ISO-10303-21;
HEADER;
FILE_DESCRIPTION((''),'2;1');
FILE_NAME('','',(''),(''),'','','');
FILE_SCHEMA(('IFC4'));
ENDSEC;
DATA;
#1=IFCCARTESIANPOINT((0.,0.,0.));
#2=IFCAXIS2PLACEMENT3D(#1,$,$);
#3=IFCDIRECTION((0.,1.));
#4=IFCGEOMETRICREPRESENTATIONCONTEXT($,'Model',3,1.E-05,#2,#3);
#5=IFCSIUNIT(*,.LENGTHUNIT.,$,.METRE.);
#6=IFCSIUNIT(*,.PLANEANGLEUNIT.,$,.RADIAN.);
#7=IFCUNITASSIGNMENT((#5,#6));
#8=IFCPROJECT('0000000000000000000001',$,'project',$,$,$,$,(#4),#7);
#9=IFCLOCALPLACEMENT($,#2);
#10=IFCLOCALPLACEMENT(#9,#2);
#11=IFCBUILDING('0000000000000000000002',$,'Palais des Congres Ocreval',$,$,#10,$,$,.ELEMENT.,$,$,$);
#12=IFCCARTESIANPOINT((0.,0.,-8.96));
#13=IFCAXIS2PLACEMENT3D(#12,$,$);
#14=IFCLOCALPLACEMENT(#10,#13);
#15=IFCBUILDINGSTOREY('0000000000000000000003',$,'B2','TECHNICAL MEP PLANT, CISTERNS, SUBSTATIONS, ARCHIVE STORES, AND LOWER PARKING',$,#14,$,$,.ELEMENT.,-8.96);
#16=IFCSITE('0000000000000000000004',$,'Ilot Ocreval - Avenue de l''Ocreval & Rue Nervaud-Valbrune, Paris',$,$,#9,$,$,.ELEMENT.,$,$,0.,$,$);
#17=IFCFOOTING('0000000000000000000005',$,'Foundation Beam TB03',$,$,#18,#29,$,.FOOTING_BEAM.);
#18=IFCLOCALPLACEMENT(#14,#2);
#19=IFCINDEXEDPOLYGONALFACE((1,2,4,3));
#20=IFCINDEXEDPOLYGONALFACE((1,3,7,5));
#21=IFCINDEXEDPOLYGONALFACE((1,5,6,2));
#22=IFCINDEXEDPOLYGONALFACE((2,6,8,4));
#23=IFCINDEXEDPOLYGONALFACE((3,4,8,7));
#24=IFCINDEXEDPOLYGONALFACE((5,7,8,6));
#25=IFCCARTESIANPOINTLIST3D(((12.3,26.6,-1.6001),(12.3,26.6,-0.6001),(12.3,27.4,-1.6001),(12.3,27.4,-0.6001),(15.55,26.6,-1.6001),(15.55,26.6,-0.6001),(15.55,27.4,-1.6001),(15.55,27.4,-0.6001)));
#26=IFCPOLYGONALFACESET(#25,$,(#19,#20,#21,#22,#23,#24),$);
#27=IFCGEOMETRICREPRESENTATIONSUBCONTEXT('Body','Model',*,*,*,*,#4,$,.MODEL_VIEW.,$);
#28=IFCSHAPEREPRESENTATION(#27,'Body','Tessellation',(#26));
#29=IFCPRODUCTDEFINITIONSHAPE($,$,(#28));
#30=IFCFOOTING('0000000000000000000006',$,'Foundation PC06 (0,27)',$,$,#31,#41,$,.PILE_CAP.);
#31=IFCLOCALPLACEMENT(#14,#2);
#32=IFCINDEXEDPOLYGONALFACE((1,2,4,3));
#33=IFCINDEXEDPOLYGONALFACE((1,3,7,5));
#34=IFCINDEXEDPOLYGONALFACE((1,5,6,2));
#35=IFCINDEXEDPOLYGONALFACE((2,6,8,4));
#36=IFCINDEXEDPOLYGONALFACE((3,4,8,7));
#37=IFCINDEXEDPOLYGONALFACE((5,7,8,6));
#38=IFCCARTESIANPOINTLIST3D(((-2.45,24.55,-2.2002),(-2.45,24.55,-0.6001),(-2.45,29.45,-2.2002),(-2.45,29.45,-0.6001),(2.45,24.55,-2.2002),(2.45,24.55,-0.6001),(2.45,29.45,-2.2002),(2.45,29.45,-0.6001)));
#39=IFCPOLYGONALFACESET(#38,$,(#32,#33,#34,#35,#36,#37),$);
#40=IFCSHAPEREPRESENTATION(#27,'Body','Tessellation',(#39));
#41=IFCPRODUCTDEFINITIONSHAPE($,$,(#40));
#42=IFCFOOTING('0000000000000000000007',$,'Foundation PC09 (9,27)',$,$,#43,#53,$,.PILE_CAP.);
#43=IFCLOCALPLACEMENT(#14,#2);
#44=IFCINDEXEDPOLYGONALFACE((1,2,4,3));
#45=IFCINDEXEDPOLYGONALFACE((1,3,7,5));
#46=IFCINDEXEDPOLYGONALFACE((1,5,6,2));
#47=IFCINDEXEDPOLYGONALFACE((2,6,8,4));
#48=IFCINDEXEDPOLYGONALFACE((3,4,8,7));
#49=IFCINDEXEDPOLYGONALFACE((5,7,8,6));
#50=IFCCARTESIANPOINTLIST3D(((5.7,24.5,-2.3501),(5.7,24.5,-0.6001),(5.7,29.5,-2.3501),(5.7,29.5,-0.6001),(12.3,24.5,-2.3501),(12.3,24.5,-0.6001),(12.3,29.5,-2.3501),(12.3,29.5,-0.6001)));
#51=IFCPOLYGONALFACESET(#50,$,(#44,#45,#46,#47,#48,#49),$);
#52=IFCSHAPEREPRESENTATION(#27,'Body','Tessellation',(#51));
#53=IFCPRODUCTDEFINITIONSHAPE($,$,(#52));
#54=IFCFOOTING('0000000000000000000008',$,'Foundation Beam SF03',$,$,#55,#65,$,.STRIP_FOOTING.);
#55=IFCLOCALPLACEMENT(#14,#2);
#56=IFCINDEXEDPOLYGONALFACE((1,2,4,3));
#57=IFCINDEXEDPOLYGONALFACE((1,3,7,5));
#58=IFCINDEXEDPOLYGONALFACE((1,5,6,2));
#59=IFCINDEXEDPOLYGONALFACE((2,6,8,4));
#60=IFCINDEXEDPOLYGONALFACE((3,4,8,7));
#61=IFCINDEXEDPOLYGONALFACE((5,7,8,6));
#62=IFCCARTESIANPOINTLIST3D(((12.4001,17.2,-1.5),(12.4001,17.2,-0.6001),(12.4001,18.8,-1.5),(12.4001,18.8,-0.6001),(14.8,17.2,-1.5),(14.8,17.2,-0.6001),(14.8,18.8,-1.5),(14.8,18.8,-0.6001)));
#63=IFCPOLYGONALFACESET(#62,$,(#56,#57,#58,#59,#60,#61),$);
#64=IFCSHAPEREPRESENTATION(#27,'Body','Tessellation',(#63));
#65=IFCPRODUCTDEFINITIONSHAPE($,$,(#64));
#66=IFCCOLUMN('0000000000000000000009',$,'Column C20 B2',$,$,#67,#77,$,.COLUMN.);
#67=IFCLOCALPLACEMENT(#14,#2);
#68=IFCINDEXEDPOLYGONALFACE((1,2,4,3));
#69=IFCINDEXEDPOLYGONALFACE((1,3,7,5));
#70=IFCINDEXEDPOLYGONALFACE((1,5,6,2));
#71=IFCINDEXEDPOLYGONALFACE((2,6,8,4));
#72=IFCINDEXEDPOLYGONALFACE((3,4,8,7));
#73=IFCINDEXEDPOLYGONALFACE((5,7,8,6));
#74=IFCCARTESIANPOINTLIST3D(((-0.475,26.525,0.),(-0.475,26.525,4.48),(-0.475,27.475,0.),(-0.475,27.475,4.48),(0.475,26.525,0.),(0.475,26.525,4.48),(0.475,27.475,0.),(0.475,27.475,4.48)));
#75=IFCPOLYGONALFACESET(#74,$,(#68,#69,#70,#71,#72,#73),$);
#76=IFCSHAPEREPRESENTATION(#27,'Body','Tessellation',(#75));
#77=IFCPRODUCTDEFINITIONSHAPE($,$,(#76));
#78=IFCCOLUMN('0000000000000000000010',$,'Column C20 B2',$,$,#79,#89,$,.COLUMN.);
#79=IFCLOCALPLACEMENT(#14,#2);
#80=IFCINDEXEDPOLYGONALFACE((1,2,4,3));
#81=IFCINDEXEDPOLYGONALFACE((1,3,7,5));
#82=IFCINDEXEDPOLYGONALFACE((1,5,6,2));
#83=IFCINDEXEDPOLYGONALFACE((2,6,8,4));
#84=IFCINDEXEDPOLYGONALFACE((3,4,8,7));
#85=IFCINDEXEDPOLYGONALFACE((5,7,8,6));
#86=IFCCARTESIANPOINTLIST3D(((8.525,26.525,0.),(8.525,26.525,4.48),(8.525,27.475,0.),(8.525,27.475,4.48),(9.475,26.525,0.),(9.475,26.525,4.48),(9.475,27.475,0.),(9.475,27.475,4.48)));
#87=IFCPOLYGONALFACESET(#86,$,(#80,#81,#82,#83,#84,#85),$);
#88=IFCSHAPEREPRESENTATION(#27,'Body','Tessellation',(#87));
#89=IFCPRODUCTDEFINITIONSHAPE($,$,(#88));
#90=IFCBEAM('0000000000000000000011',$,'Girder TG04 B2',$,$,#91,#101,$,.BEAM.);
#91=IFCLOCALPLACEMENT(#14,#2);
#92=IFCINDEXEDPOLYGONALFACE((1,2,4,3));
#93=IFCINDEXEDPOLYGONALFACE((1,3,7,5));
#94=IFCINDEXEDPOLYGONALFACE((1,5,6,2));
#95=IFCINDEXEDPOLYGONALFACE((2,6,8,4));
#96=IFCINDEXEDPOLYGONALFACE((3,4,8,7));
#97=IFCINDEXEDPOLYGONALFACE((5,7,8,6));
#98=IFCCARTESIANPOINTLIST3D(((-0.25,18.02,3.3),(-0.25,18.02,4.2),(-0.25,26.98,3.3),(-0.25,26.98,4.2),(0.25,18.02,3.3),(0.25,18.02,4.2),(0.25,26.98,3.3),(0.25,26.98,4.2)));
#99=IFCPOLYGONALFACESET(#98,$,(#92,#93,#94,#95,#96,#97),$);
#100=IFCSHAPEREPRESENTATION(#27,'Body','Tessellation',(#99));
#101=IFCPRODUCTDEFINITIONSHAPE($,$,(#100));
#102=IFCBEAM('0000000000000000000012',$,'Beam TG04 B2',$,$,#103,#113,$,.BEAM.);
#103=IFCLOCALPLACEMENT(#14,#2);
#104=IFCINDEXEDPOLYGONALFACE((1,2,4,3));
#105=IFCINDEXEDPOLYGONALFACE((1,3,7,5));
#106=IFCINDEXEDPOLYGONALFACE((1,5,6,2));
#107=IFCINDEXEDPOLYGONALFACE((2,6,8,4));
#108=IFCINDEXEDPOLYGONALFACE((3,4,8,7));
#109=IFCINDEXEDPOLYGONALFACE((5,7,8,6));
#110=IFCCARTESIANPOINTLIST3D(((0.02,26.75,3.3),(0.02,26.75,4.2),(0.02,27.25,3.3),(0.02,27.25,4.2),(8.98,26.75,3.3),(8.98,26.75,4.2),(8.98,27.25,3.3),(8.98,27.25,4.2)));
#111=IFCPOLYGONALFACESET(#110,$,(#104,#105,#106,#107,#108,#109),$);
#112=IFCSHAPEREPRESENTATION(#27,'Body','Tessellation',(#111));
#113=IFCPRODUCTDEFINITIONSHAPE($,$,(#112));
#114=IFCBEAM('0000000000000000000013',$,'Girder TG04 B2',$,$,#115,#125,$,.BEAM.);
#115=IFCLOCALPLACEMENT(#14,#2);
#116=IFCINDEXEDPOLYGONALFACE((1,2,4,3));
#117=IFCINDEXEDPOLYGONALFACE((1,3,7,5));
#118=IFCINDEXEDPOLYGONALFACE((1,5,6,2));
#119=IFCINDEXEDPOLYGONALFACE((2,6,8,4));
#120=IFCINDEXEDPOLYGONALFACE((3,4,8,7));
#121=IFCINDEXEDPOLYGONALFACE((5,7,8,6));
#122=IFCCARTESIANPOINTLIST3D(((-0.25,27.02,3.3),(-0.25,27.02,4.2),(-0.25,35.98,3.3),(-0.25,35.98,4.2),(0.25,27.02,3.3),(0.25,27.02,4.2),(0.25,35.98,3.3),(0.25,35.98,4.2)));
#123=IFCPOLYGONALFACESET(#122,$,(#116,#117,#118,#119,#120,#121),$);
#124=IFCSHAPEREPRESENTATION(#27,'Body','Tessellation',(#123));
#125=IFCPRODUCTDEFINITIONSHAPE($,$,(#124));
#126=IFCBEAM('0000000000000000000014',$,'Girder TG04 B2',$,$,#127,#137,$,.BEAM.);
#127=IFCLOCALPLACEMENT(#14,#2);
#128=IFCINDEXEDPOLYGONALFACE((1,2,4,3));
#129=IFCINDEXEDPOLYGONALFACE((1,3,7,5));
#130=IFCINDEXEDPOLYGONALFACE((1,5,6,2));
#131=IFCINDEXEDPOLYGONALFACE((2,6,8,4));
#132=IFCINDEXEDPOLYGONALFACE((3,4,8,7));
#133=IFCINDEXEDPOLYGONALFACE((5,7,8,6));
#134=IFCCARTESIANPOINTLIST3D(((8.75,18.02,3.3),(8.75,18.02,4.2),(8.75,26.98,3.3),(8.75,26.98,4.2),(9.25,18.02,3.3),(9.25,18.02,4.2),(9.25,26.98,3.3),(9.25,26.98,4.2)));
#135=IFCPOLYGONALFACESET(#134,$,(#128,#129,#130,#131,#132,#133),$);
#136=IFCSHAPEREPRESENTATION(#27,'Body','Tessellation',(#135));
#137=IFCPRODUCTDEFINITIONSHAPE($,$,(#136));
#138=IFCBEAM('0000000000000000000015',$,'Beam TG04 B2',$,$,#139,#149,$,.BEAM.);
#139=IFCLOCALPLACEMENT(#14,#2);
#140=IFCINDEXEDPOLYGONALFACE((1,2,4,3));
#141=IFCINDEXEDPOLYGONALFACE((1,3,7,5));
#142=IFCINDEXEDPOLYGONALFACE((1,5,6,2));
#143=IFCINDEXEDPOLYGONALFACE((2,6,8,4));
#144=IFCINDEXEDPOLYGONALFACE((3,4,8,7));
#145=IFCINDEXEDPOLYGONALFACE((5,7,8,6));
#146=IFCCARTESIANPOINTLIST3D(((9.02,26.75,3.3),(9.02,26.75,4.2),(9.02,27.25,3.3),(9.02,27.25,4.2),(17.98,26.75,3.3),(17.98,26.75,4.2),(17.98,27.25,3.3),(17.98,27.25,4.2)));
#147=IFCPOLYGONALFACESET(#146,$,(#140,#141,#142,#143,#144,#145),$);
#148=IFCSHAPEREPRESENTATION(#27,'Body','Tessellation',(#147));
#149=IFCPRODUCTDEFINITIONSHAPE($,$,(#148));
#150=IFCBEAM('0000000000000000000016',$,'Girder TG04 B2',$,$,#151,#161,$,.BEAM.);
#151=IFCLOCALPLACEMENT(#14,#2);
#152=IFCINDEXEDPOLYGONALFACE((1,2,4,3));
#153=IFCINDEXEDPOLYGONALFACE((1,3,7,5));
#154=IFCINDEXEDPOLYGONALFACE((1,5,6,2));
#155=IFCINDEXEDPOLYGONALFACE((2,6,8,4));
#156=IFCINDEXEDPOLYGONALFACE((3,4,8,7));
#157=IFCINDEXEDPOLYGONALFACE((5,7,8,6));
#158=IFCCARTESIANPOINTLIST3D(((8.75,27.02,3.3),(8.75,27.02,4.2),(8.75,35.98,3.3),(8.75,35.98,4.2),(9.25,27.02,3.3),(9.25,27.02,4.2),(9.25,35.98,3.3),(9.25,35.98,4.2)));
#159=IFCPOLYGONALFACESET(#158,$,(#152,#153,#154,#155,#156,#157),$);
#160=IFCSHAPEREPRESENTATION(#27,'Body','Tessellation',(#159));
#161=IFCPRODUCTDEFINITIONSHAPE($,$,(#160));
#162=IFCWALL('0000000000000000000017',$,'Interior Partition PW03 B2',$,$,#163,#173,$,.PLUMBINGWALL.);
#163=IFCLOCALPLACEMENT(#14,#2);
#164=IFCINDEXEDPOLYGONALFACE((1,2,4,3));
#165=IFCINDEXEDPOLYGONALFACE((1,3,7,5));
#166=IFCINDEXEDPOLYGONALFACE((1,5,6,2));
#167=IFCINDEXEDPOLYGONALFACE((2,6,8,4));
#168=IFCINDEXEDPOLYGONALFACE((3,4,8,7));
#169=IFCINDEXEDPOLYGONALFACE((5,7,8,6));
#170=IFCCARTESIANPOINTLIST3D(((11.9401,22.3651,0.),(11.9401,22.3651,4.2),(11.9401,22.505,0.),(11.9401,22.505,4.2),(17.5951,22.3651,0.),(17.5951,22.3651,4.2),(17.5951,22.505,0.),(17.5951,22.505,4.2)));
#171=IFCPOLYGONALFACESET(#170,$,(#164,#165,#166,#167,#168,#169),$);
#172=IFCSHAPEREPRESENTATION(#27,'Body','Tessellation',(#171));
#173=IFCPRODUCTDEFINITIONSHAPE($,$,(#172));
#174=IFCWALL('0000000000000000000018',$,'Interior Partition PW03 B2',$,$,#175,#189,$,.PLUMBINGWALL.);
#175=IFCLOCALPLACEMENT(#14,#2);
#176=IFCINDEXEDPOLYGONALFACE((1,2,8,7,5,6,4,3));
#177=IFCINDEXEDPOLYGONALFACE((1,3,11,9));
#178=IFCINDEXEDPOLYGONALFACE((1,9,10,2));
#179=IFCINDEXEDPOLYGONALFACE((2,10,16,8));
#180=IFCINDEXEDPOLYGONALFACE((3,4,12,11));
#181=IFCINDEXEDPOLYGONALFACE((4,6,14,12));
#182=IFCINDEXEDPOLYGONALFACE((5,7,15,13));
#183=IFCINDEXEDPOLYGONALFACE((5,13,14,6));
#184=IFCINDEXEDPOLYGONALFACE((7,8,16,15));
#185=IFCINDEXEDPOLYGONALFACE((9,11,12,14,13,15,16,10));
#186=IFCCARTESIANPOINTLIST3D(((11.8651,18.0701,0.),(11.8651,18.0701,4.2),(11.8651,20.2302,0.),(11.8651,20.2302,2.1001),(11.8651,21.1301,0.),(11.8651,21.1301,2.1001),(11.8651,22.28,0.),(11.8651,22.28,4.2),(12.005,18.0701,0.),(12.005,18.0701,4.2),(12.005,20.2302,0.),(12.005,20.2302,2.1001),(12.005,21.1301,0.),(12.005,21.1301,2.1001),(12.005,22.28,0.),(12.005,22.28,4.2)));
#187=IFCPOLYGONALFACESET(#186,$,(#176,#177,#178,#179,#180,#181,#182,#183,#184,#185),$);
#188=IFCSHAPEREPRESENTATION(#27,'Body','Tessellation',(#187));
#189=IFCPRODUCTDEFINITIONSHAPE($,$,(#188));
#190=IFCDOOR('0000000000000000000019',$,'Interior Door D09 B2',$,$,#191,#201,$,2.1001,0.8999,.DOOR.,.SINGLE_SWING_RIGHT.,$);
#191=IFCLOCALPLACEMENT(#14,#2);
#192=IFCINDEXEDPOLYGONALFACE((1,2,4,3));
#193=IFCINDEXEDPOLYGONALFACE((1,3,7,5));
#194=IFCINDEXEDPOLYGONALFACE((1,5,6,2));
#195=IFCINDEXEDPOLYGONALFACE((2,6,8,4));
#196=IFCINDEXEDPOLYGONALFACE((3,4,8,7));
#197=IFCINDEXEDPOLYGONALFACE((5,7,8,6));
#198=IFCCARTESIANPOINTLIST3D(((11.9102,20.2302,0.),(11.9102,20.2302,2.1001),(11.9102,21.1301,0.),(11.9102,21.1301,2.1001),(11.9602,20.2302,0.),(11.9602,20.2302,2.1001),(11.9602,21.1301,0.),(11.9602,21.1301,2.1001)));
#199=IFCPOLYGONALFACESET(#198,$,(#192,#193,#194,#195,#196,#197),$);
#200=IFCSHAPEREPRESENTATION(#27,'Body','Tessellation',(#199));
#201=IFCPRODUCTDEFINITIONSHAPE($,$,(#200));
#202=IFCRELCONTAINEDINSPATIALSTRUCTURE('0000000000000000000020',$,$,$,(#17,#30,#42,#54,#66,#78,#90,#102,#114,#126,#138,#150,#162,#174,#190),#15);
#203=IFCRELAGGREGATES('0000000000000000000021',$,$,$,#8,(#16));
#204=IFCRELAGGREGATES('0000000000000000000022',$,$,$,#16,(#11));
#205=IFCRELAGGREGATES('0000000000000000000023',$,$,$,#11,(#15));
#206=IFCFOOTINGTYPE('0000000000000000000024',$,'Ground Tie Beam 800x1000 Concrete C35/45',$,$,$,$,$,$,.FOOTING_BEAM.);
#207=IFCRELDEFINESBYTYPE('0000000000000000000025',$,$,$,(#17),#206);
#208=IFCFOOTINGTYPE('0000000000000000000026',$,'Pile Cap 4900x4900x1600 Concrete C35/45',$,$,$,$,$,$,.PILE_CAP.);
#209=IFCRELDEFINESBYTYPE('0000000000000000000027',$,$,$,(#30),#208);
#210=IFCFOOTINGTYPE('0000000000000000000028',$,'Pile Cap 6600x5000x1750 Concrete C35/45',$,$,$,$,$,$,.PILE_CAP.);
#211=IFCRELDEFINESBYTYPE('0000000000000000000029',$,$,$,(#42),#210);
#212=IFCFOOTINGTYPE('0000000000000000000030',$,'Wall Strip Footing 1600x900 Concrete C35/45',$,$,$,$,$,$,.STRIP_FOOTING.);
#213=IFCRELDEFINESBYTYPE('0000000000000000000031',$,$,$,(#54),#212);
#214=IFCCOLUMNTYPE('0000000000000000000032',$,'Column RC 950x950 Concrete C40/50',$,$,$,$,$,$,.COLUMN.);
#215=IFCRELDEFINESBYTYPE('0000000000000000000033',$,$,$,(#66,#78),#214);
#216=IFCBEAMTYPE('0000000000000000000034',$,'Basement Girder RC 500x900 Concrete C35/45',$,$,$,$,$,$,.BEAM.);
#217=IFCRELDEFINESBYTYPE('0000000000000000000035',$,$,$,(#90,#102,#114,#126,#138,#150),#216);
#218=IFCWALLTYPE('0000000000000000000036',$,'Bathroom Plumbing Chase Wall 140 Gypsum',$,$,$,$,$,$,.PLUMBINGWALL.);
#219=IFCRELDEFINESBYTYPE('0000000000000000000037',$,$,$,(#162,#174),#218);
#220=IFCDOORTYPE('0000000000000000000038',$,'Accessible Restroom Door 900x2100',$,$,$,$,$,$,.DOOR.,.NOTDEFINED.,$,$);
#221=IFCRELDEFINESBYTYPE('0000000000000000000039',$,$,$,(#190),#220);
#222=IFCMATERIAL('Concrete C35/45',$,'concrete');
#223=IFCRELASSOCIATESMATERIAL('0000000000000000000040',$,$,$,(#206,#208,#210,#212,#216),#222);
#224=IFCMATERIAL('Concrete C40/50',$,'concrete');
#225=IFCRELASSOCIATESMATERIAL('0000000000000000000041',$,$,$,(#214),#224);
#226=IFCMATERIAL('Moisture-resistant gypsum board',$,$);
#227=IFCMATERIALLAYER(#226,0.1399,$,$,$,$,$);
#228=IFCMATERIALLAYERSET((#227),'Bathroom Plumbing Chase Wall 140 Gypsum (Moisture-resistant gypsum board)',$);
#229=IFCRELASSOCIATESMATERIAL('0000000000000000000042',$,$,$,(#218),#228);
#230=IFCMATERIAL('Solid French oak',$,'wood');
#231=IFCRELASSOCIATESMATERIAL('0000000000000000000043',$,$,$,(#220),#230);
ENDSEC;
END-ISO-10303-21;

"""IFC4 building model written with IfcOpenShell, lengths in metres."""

from ifc_helpers import new_model, si_unit, direction, frame, frame_2d, origin, origin_2d, place, context, subcontext, project, spatial, rectangle, extrude, material, layer, layer_set, material_profile, profile_set, type_object, element, fill, save


model = new_model("IFC4")

# Units and contexts
model_context = context("Model", 3, precision=1e-05, world=origin(), true_north=direction((0.0, 1.0)))
body_context = subcontext(model_context, "Body", "Model", "MODEL_VIEW")
ifc_project = project(units=[si_unit("LENGTHUNIT", "METRE"), si_unit("PLANEANGLEUNIT", "RADIAN")], contexts=[model_context])

# Site, building, storey
site_placement = place(None, origin())
site = spatial("IfcSite", under=ifc_project, at=site_placement, Name="Ilot Ocreval - Avenue de l'Ocreval & Rue Nervaud-Valbrune, Paris", CompositionType="ELEMENT", RefElevation=0.0)
building_placement = place(site_placement, origin())
building = spatial("IfcBuilding", under=site, at=building_placement, Name="Palais des Congres Ocreval", CompositionType="ELEMENT")
storey_placement = place(building_placement, frame((0.0, 0.0, -8.96)))
storey = spatial("IfcBuildingStorey", under=building, at=storey_placement, Name="B2", Description="TECHNICAL MEP PLANT, CISTERNS, SUBSTATIONS, ARCHIVE STORES, AND LOWER PARKING", CompositionType="ELEMENT", Elevation=-8.96)

# Shared definitions
ifc_material_1 = material(Name="Concrete C35/45", Category="concrete")

# Footings
footing_type_1 = type_object("IfcFootingType", Name="Ground Tie Beam 800x1000 Concrete C35/45", PredefinedType="FOOTING_BEAM", material=ifc_material_1)
footing_1_placement = place(storey_placement, frame((13.925, 27.0, -1.6001), z_axis=(0.0, 0.0, 1.0), x_axis=(1.0, 0.0, 0.0)))
element("IfcFooting", 1, at=footing_1_placement, inside=storey, type_object=footing_type_1, Name="Foundation Beam TB03", PredefinedType="FOOTING_BEAM", context=body_context, shape_type="SweptSolid", body=[
    extrude(rectangle(XDim=3.25, YDim=0.8, at=origin_2d()), origin(), (0.0, 0.0, 1.0), 1.0),
])
footing_type_2 = type_object("IfcFootingType", Name="Pile Cap 4900x4900x1600 Concrete C35/45", PredefinedType="PILE_CAP", material=ifc_material_1)
footing_2_placement = place(storey_placement, frame((0.0, 27.0, -2.2002), z_axis=(0.0, 0.0, 1.0), x_axis=(1.0, 0.0, 0.0)))
element("IfcFooting", 2, at=footing_2_placement, inside=storey, type_object=footing_type_2, Name="Foundation PC06 (0,27)", PredefinedType="PILE_CAP", context=body_context, shape_type="SweptSolid", body=[
    extrude(rectangle(XDim=4.8999, YDim=4.8999, at=origin_2d()), origin(), (0.0, 0.0, 1.0), 1.6001),
])
footing_type_3 = type_object("IfcFootingType", Name="Pile Cap 6600x5000x1750 Concrete C35/45", PredefinedType="PILE_CAP", material=ifc_material_1)
footing_3_placement = place(storey_placement, frame((9.0, 27.0, -2.3501), z_axis=(0.0, 0.0, 1.0), x_axis=(1.0, 0.0, 0.0)))
element("IfcFooting", 3, at=footing_3_placement, inside=storey, type_object=footing_type_3, Name="Foundation PC09 (9,27)", PredefinedType="PILE_CAP", context=body_context, shape_type="SweptSolid", body=[
    extrude(rectangle(XDim=6.6001, YDim=5.0, at=origin_2d()), origin(), (0.0, 0.0, 1.0), 1.75),
])
footing_type_4 = type_object("IfcFootingType", Name="Wall Strip Footing 1600x900 Concrete C35/45", PredefinedType="STRIP_FOOTING", material=ifc_material_1)
footing_4_placement = place(storey_placement, frame((13.6001, 18.0, -1.5), z_axis=(0.0, 0.0, 1.0), x_axis=(1.0, 0.0, 0.0)))
element("IfcFooting", 4, at=footing_4_placement, inside=storey, type_object=footing_type_4, Name="Foundation Beam SF03", PredefinedType="STRIP_FOOTING", context=body_context, shape_type="SweptSolid", body=[
    extrude(rectangle(XDim=2.3999, YDim=1.6001, at=origin_2d()), origin(), (0.0, 0.0, 1.0), 0.8999),
])

# Columns
ifc_material_2 = material(Name="Concrete C40/50", Category="concrete")
ifc_material_profile_1 = material_profile(ifc_material_2, rectangle(XDim=0.95, YDim=0.95, at=origin_2d()), Name="RC 950x950")
ifc_profile_set_1 = profile_set([ifc_material_profile_1], Name="Concrete C40/50")
column_type = type_object("IfcColumnType", Name="Column RC 950x950 Concrete C40/50", PredefinedType="COLUMN", material=ifc_profile_set_1)
for number, where, z_axis, x_axis, name in (
    (5, (0.0, 27.0, 0.0), (0.0, 0.0, 1.0), (1.0, 0.0, 0.0), "Column C20 B2"),
    (6, (9.0, 27.0, 0.0), (0.0, 0.0, 1.0), (1.0, 0.0, 0.0), "Column C20 B2"),
):
    element("IfcColumn", number, at=place(storey_placement, frame(where, z_axis=z_axis, x_axis=x_axis)), inside=storey, type_object=column_type, Name=name, PredefinedType="COLUMN", context=body_context, shape_type="SweptSolid", body=[
        extrude(rectangle(XDim=0.95, YDim=0.95, at=origin_2d()), origin(), (0.0, 0.0, 1.0), 4.48),
    ])

# Beams
ifc_material_profile_2 = material_profile(ifc_material_1, rectangle(XDim=0.5, YDim=0.8999, at=origin_2d()), Name="RC 500x900")
ifc_profile_set_2 = profile_set([ifc_material_profile_2], Name="Concrete C35/45")
beam_type = type_object("IfcBeamType", Name="Basement Girder RC 500x900 Concrete C35/45", PredefinedType="BEAM", material=ifc_profile_set_2)
for number, where, z_axis, x_axis, name in (
    (7, (0.0, 18.02, 3.75), (0.0, 1.0, 0.0), (-1.0, 0.0, 0.0), "Girder TG04 B2"),
    (8, (0.02, 27.0, 3.75), (1.0, 0.0, 0.0), (0.0, 1.0, 0.0), "Beam TG04 B2"),
    (9, (0.0, 27.02, 3.75), (0.0, 1.0, 0.0), (-1.0, 0.0, 0.0), "Girder TG04 B2"),
    (10, (9.0, 18.02, 3.75), (0.0, 1.0, 0.0), (-1.0, 0.0, 0.0), "Girder TG04 B2"),
    (11, (9.02, 27.0, 3.75), (1.0, 0.0, 0.0), (0.0, 1.0, 0.0), "Beam TG04 B2"),
    (12, (9.0, 27.02, 3.75), (0.0, 1.0, 0.0), (-1.0, 0.0, 0.0), "Girder TG04 B2"),
):
    element("IfcBeam", number, at=place(storey_placement, frame(where, z_axis=z_axis, x_axis=x_axis)), inside=storey, type_object=beam_type, Name=name, PredefinedType="BEAM", context=body_context, shape_type="SweptSolid", body=[
        extrude(rectangle(XDim=0.5, YDim=0.8999, at=origin_2d()), origin(), (0.0, 0.0, 1.0), 8.96),
    ])

# Wall
ifc_material_3 = material(Name="Moisture-resistant gypsum board")
ifc_layer_1 = layer(ifc_material_3, 0.1399)
ifc_layer_set_1 = layer_set([ifc_layer_1], Name="Bathroom Plumbing Chase Wall 140 Gypsum (Moisture-resistant gypsum board)")
wall_type_1 = type_object("IfcWallType", Name="Bathroom Plumbing Chase Wall 140 Gypsum", PredefinedType="PLUMBINGWALL", material=ifc_layer_set_1)
wall_1_placement = place(storey_placement, frame((11.9399, 22.4351, 0.0), z_axis=(0.0, 0.0, 1.0), x_axis=(1.0, 0.0, 0.0)))
element("IfcWall", 13, at=wall_1_placement, inside=storey, type_object=wall_type_1, Name="Interior Partition PW03 B2", PredefinedType="PLUMBINGWALL", context=body_context, shape_type="SweptSolid", body=[
    extrude(rectangle(XDim=5.655, YDim=0.1399, at=frame_2d((2.8276, 0.0))), origin(), (0.0, 0.0, 1.0), 4.2),
])

# Wall, opening, door
wall_2_placement = place(storey_placement, frame((11.9351, 18.0701, 0.0), z_axis=(0.0, 0.0, 1.0), x_axis=(0.0, 1.0, 0.0)))
wall_2 = element("IfcWall", 14, at=wall_2_placement, inside=storey, type_object=wall_type_1, Name="Interior Partition PW03 B2", PredefinedType="PLUMBINGWALL", context=body_context, shape_type="SweptSolid", body=[
    extrude(rectangle(XDim=4.21, YDim=0.1399, at=frame_2d((2.105, 0.0))), origin(), (0.0, 0.0, 1.0), 4.2),
])
opening_1_placement = place(wall_2_placement, frame((2.1602, 0.0, 0.0)))
opening_1 = element("IfcOpeningElement", 15, at=opening_1_placement, cuts=wall_2, PredefinedType="OPENING", context=body_context, shape_type="SweptSolid", body=[
    extrude(rectangle(XDim=0.8999, YDim=2.1001, at=frame_2d((0.45, 1.05))), frame((0.0, 0.0798, 0.0), z_axis=(0.0, -1.0, 0.0), x_axis=(1.0, 0.0, 0.0)), (0.0, 0.0, 1.0), 0.1599),
])
ifc_material_4 = material(Name="Solid French oak", Category="wood")
door_type_1 = type_object("IfcDoorType", Name="Accessible Restroom Door 900x2100", OperationType="NOTDEFINED", PredefinedType="DOOR", material=ifc_material_4)
door_1_placement = place(opening_1_placement, origin())
door_1 = element("IfcDoor", 16, at=door_1_placement, inside=storey, type_object=door_type_1, Name="Interior Door D09 B2", OperationType="SINGLE_SWING_RIGHT", OverallHeight=2.1001, OverallWidth=0.8999, PredefinedType="DOOR", context=body_context, shape_type="SweptSolid", body=[
    extrude(rectangle(XDim=0.8999, YDim=2.1001, at=frame_2d((0.45, 1.05))), frame((0.0, 0.0249, 0.0), z_axis=(0.0, -1.0, 0.0), x_axis=(1.0, 0.0, 0.0)), (0.0, 0.0, 1.0), 0.05),
])
fill(opening_1, door_1)

save(model, "model.ifc")
